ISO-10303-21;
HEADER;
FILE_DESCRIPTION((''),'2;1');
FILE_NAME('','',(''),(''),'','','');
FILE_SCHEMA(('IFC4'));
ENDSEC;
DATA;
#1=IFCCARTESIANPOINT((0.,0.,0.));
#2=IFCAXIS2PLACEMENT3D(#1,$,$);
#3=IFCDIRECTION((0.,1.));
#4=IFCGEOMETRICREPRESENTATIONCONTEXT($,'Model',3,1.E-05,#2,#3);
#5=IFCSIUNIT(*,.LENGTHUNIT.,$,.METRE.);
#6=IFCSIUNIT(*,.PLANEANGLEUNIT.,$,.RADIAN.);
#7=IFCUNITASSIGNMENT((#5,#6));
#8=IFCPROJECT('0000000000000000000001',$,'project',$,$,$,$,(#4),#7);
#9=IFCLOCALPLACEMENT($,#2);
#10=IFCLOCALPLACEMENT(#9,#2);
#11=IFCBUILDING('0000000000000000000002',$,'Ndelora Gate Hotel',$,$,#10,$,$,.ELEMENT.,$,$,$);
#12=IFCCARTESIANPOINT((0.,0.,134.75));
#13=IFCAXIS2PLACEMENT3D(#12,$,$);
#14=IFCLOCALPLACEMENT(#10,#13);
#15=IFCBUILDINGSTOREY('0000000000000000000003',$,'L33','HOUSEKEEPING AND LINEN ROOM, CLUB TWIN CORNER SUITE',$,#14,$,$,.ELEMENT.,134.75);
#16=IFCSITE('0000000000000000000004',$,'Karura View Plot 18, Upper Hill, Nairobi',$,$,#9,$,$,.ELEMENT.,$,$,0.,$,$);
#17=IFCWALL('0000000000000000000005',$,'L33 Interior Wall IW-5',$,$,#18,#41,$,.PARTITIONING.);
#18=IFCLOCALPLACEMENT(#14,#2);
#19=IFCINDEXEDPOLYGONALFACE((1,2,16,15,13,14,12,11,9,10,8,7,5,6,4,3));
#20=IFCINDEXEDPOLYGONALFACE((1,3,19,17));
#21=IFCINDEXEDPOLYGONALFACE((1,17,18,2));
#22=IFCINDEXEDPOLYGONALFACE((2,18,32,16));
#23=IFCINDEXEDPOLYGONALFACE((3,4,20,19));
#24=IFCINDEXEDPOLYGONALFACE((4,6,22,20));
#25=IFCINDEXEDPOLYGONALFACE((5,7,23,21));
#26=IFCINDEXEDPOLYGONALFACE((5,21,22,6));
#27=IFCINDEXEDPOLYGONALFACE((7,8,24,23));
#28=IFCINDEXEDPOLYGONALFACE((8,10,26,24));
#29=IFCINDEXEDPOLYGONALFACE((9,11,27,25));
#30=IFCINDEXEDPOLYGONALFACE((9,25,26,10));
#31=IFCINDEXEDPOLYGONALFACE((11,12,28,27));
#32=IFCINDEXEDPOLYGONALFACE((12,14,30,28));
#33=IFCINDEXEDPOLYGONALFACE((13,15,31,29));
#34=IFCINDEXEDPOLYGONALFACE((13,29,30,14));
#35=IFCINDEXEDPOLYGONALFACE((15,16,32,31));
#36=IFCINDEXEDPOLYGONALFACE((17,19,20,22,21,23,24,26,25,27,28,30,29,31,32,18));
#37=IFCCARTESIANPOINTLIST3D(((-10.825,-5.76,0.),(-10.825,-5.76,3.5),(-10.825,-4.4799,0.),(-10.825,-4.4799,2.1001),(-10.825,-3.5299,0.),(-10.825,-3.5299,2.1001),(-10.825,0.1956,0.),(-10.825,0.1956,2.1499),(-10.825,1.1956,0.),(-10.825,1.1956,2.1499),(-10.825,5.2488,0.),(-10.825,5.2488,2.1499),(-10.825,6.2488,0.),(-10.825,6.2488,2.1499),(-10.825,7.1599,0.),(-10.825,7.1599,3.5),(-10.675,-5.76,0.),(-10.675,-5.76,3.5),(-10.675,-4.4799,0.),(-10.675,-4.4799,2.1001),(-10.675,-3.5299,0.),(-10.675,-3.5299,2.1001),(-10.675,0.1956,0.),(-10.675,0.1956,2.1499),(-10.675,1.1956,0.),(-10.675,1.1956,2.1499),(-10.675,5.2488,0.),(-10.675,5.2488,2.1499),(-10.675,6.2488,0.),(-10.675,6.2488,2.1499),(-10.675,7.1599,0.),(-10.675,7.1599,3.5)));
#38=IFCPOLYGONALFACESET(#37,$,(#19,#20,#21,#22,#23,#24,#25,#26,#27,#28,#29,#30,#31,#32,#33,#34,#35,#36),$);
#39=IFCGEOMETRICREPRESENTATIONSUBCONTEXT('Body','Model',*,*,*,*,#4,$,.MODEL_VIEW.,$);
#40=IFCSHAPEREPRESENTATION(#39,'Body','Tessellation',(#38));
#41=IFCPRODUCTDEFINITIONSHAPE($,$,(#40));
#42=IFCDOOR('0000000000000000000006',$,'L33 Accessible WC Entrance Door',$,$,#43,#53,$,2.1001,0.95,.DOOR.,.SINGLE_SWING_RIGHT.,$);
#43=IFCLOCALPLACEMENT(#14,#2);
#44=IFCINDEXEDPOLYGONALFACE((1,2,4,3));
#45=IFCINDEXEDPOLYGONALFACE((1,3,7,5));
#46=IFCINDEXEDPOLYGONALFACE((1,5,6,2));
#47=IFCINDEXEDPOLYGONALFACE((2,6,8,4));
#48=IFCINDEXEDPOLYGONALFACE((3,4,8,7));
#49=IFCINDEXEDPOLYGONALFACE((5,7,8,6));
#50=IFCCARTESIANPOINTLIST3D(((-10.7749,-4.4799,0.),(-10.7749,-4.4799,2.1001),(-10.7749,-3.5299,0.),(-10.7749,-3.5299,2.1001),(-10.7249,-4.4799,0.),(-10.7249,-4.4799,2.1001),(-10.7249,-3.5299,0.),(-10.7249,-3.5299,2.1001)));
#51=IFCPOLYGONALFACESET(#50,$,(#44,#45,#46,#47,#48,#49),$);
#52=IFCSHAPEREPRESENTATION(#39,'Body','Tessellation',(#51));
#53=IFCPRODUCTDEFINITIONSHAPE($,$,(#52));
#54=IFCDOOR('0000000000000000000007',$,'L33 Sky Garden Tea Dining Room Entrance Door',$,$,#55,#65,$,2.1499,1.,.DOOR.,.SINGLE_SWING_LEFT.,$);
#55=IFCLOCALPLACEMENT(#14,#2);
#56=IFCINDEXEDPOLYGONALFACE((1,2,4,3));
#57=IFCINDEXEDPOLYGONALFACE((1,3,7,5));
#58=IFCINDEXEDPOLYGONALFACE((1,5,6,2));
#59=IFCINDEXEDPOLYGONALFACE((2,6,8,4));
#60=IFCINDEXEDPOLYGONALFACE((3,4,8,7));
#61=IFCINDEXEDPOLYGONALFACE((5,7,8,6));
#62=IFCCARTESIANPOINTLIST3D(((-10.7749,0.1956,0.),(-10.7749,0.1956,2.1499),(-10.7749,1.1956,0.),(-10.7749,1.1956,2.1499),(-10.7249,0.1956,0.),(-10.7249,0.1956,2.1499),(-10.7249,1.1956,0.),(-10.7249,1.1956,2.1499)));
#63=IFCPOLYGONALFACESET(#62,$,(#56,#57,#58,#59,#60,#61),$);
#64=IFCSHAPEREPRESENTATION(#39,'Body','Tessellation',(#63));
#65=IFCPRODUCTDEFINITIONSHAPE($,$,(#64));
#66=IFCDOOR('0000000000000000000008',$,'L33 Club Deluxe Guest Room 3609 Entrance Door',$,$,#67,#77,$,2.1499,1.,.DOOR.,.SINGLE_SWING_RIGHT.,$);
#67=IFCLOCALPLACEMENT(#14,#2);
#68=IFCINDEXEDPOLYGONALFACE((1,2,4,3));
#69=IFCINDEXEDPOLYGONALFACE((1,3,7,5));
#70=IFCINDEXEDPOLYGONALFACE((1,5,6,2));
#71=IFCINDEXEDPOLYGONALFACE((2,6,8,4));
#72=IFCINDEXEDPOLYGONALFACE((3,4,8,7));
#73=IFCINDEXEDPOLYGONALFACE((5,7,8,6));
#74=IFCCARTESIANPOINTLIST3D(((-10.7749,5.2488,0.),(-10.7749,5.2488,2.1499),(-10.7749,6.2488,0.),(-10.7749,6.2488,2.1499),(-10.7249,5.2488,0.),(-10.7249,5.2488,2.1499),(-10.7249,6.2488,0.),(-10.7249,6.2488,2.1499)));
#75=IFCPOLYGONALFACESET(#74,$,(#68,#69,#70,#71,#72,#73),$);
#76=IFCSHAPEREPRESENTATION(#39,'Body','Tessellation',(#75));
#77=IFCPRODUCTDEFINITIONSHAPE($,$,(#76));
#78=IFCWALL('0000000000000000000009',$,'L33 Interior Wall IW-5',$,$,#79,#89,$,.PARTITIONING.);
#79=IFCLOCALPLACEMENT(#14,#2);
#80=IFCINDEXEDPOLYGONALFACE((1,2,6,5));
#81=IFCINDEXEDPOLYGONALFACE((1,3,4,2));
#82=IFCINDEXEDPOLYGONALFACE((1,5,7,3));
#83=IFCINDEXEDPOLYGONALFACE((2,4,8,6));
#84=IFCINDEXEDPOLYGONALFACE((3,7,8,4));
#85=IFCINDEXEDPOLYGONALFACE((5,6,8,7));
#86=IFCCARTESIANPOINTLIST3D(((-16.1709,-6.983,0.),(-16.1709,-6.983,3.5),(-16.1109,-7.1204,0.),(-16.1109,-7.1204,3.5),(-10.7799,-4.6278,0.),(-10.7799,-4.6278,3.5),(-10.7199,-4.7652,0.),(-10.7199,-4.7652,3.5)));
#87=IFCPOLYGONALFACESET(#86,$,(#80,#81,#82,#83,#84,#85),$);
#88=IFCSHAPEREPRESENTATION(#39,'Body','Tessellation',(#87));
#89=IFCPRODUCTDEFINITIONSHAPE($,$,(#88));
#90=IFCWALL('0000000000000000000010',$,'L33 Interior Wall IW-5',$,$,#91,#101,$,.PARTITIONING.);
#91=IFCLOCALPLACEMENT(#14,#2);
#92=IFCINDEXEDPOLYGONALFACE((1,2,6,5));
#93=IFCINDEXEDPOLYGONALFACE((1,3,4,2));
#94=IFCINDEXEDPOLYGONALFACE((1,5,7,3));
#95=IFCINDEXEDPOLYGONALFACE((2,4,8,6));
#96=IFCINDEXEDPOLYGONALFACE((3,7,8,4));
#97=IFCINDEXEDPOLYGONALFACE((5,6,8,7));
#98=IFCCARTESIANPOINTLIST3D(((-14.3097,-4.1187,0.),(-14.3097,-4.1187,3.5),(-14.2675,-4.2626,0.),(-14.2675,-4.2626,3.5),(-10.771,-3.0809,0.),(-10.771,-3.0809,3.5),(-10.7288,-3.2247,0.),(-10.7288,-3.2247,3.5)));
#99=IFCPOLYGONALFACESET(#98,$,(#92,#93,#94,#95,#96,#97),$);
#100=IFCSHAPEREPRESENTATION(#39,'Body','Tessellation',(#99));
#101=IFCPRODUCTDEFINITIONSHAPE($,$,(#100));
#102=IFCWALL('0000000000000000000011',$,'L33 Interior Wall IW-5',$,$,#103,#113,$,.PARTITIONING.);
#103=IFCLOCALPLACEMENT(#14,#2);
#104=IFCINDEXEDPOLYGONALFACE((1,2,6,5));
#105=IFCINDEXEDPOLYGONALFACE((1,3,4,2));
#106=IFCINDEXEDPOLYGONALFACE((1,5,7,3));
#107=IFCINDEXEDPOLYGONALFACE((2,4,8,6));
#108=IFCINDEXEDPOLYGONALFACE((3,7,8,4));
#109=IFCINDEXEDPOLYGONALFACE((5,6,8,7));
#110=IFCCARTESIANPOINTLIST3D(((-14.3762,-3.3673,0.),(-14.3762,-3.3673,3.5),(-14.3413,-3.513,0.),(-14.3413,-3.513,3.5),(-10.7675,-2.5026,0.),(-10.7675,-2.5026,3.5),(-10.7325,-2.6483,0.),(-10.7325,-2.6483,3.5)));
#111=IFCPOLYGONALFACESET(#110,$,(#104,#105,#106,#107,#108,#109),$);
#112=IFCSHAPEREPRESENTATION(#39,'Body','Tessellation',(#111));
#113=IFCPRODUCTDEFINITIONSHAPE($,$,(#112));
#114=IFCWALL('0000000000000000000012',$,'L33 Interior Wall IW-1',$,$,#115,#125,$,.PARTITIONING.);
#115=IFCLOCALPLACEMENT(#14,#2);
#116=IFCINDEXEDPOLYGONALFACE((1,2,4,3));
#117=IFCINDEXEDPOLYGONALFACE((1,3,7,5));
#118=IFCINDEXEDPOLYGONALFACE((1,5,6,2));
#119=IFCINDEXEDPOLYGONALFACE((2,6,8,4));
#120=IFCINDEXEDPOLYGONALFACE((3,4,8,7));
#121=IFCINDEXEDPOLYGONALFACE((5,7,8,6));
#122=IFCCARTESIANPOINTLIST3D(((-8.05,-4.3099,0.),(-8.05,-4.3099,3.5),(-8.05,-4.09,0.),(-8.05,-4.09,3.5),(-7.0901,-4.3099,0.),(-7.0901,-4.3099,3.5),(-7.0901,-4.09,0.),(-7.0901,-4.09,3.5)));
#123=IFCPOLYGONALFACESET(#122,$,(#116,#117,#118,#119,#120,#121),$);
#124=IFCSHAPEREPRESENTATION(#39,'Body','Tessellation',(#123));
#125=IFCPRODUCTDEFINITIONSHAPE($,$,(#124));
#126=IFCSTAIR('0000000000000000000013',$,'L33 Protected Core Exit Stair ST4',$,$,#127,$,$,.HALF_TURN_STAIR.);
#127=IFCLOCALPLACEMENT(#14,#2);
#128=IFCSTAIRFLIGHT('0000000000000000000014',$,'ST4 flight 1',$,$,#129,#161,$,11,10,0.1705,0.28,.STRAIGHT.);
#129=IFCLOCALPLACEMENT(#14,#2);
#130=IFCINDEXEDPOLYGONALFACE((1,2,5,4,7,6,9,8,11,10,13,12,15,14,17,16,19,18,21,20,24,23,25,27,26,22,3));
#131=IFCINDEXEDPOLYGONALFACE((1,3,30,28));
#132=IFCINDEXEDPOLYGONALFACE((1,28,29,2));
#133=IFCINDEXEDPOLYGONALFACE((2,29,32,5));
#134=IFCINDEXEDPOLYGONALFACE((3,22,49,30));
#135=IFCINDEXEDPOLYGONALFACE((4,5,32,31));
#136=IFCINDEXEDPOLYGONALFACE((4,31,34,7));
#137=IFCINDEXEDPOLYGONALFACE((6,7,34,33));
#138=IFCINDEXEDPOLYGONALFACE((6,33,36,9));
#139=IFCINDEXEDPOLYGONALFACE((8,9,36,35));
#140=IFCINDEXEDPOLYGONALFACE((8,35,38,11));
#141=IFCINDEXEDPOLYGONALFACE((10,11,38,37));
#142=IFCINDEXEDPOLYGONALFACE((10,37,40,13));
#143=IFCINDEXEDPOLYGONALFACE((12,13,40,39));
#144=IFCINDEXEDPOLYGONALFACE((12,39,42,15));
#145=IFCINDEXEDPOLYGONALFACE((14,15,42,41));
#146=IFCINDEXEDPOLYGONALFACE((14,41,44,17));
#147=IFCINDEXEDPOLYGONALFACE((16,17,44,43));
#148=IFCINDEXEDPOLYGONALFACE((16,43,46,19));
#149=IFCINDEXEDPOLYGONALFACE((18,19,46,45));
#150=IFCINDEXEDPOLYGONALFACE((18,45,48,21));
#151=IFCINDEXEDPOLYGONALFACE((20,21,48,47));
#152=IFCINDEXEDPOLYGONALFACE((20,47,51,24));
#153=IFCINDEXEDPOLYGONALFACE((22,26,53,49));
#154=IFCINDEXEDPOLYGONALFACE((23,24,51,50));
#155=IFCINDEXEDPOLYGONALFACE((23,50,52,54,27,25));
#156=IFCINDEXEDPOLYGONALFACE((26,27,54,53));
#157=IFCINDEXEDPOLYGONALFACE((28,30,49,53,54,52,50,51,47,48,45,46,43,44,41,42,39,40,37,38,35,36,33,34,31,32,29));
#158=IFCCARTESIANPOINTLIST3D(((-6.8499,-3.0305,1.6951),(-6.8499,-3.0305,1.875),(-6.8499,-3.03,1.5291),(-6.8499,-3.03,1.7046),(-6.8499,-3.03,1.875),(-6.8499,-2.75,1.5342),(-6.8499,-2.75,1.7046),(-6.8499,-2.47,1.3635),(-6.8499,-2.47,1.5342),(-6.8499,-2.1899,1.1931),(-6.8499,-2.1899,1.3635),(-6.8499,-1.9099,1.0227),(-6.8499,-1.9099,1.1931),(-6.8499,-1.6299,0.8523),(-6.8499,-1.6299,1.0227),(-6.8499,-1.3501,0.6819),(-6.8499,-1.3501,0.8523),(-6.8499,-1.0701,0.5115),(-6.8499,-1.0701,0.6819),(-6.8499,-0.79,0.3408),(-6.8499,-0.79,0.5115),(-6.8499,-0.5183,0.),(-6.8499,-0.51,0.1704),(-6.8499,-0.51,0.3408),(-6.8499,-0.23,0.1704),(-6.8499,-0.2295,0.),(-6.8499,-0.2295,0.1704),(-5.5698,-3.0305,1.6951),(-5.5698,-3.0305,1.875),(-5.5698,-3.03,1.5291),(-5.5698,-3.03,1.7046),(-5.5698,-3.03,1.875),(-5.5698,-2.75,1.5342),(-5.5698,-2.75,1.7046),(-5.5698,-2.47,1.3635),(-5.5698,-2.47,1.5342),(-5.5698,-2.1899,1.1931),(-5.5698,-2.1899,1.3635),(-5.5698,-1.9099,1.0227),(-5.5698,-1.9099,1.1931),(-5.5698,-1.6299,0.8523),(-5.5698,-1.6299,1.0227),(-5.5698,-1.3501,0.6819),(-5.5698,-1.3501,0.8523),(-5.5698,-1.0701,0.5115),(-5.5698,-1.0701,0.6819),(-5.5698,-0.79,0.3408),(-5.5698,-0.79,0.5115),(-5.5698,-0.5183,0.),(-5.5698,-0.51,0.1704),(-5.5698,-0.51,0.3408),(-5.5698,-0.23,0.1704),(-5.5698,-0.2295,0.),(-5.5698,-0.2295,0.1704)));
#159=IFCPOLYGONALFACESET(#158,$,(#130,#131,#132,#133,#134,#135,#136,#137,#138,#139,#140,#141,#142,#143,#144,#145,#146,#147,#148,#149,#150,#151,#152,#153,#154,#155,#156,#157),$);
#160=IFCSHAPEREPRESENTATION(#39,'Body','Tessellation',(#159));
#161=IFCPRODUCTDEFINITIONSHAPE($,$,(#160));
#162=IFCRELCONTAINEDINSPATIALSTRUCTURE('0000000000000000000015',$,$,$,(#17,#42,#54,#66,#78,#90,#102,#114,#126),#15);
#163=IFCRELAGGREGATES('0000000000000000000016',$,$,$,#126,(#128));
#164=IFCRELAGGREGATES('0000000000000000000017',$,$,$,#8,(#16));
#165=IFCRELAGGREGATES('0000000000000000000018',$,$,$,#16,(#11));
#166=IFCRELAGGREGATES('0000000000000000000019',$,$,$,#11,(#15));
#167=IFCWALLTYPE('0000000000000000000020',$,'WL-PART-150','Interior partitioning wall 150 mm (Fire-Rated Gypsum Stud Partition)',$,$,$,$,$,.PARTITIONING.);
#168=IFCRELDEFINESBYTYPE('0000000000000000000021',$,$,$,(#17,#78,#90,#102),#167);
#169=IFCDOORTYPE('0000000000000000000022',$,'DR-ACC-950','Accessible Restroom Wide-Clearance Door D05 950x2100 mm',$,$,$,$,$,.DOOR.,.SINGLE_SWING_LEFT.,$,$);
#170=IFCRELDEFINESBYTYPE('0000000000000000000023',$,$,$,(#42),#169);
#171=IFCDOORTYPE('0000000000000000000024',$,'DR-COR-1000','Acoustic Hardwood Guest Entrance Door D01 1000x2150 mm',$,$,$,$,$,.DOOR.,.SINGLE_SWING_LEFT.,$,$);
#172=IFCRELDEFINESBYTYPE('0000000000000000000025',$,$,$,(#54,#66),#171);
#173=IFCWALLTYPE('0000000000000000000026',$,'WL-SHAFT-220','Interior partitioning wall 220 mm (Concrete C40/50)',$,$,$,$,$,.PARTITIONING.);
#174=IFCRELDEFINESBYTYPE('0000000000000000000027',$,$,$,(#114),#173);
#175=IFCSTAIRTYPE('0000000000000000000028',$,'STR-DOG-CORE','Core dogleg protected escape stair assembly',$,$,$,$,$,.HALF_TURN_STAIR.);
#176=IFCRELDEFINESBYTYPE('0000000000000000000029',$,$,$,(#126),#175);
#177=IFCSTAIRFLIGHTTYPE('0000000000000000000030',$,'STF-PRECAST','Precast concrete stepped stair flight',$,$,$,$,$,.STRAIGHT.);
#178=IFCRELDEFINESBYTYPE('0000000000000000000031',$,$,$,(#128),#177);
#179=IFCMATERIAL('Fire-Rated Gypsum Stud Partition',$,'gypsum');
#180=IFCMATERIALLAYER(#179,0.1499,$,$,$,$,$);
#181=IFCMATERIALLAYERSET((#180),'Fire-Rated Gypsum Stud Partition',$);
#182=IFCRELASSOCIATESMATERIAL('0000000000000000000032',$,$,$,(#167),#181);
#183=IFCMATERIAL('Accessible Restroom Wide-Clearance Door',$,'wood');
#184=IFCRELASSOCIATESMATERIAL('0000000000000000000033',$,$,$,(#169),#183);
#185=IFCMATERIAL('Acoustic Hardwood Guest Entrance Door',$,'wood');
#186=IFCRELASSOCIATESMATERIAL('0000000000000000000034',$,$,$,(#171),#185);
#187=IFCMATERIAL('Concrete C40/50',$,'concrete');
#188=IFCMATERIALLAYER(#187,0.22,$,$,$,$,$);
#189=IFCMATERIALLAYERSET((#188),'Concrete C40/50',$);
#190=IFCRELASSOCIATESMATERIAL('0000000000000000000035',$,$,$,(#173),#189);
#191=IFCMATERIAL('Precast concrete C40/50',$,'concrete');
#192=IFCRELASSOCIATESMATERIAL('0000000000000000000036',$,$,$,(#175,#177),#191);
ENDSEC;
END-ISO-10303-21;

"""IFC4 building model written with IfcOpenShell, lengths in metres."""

from ifc_helpers import new_model, si_unit, direction, frame, frame_2d, origin, place, context, subcontext, project, spatial, polyline, rectangle, outline, extrude, material, layer, layer_set, type_object, element, fill, aggregate, save


model = new_model("IFC4")

# Units and contexts
model_context = context("Model", 3, precision=1e-05, world=origin(), true_north=direction((0.0, 1.0)))
body_context = subcontext(model_context, "Body", "Model", "MODEL_VIEW")
ifc_project = project(units=[si_unit("LENGTHUNIT", "METRE"), si_unit("PLANEANGLEUNIT", "RADIAN")], contexts=[model_context])

# Site, building, storey
site_placement = place(None, origin())
site = spatial("IfcSite", under=ifc_project, at=site_placement, Name="Karura View Plot 18, Upper Hill, Nairobi", CompositionType="ELEMENT", RefElevation=0.0)
building_placement = place(site_placement, origin())
building = spatial("IfcBuilding", under=site, at=building_placement, Name="Ndelora Gate Hotel", CompositionType="ELEMENT")
storey_placement = place(building_placement, frame((0.0, 0.0, 134.75)))
storey = spatial("IfcBuildingStorey", under=building, at=storey_placement, Name="L33", Description="HOUSEKEEPING AND LINEN ROOM, CLUB TWIN CORNER SUITE", CompositionType="ELEMENT", Elevation=134.75)

# Shared definitions
ifc_material_1 = material(Name="Fire-Rated Gypsum Stud Partition", Category="gypsum")
ifc_layer_1 = layer(ifc_material_1, 0.1499)
ifc_layer_set_1 = layer_set([ifc_layer_1], Name="Fire-Rated Gypsum Stud Partition")
wall_type_1 = type_object("IfcWallType", Name="WL-PART-150", Description="Interior partitioning wall 150 mm (Fire-Rated Gypsum Stud Partition)", PredefinedType="PARTITIONING", material=ifc_layer_set_1)

# Wall, openings, doors
wall_1_placement = place(storey_placement, frame((-10.75, -5.76, 0.0), z_axis=(0.0, 0.0, 1.0), x_axis=(0.0, 1.0, 0.0)))
wall_1 = element("IfcWall", 1, at=wall_1_placement, inside=storey, type_object=wall_type_1, Name="L33 Interior Wall IW-5", PredefinedType="PARTITIONING", context=body_context, shape_type="SweptSolid", body=[
    extrude(rectangle(XDim=12.9199, YDim=0.1499, at=frame_2d((6.46, 0.0))), origin(), (0.0, 0.0, 1.0), 3.5),
])
opening_1_placement = place(wall_1_placement, frame((1.28, 0.0, 0.0)))
opening_1 = element("IfcOpeningElement", 2, at=opening_1_placement, cuts=wall_1, PredefinedType="OPENING", context=body_context, shape_type="SweptSolid", body=[
    extrude(rectangle(XDim=0.95, YDim=2.1001, at=frame_2d((0.4751, 1.05))), frame((0.0, 0.085, 0.0), z_axis=(0.0, -1.0, 0.0), x_axis=(1.0, 0.0, 0.0)), (0.0, 0.0, 1.0), 0.1699),
])
opening_2_placement = place(wall_1_placement, frame((5.9556, 0.0, 0.0)))
opening_2 = element("IfcOpeningElement", 3, at=opening_2_placement, cuts=wall_1, PredefinedType="OPENING", context=body_context, shape_type="SweptSolid", body=[
    extrude(rectangle(XDim=1.0, YDim=2.1499, at=frame_2d((0.5, 1.075))), frame((0.0, 0.085, 0.0), z_axis=(0.0, -1.0, 0.0), x_axis=(1.0, 0.0, 0.0)), (0.0, 0.0, 1.0), 0.1699),
])
opening_3_placement = place(wall_1_placement, frame((11.0088, 0.0, 0.0)))
opening_3 = element("IfcOpeningElement", 4, at=opening_3_placement, cuts=wall_1, PredefinedType="OPENING", context=body_context, shape_type="SweptSolid", body=[
    extrude(rectangle(XDim=1.0, YDim=2.1499, at=frame_2d((0.5, 1.075))), frame((0.0, 0.085, 0.0), z_axis=(0.0, -1.0, 0.0), x_axis=(1.0, 0.0, 0.0)), (0.0, 0.0, 1.0), 0.1699),
])
ifc_material_2 = material(Name="Accessible Restroom Wide-Clearance Door", Category="wood")
door_type_1 = type_object("IfcDoorType", Name="DR-ACC-950", Description="Accessible Restroom Wide-Clearance Door D05 950x2100 mm", OperationType="SINGLE_SWING_LEFT", PredefinedType="DOOR", material=ifc_material_2)
door_1_placement = place(opening_1_placement, origin())
door_1 = element("IfcDoor", 5, at=door_1_placement, inside=storey, type_object=door_type_1, Name="L33 Accessible WC Entrance Door", OperationType="SINGLE_SWING_RIGHT", OverallHeight=2.1001, OverallWidth=0.95, PredefinedType="DOOR", context=body_context, shape_type="SweptSolid", body=[
    extrude(rectangle(XDim=0.95, YDim=2.1001, at=frame_2d((0.4751, 1.05))), frame((0.0, 0.0249, 0.0), z_axis=(0.0, -1.0, 0.0), x_axis=(1.0, 0.0, 0.0)), (0.0, 0.0, 1.0), 0.05),
])
fill(opening_1, door_1)
ifc_material_3 = material(Name="Acoustic Hardwood Guest Entrance Door", Category="wood")
door_type_2 = type_object("IfcDoorType", Name="DR-COR-1000", Description="Acoustic Hardwood Guest Entrance Door D01 1000x2150 mm", OperationType="SINGLE_SWING_LEFT", PredefinedType="DOOR", material=ifc_material_3)
door_2_placement = place(opening_2_placement, origin())
door_2 = element("IfcDoor", 6, at=door_2_placement, inside=storey, type_object=door_type_2, Name="L33 Sky Garden Tea Dining Room Entrance Door", OperationType="SINGLE_SWING_LEFT", OverallHeight=2.1499, OverallWidth=1.0, PredefinedType="DOOR", context=body_context, shape_type="SweptSolid", body=[
    extrude(rectangle(XDim=1.0, YDim=2.1499, at=frame_2d((0.5, 1.075))), frame((0.0, 0.0249, 0.0), z_axis=(0.0, -1.0, 0.0), x_axis=(1.0, 0.0, 0.0)), (0.0, 0.0, 1.0), 0.05),
])
fill(opening_2, door_2)
door_3_placement = place(opening_3_placement, origin())
door_3 = element("IfcDoor", 7, at=door_3_placement, inside=storey, type_object=door_type_2, Name="L33 Club Deluxe Guest Room 3609 Entrance Door", OperationType="SINGLE_SWING_RIGHT", OverallHeight=2.1499, OverallWidth=1.0, PredefinedType="DOOR", context=body_context, shape_type="SweptSolid", body=[
    extrude(rectangle(XDim=1.0, YDim=2.1499, at=frame_2d((0.5, 1.075))), frame((0.0, 0.0249, 0.0), z_axis=(0.0, -1.0, 0.0), x_axis=(1.0, 0.0, 0.0)), (0.0, 0.0, 1.0), 0.05),
])
fill(opening_3, door_3)

# Walls
wall_2_placement = place(storey_placement, frame((-10.75, -4.6965, 0.0), z_axis=(0.0, 0.0, 1.0), x_axis=(-0.916369, -0.400335, 0.0)))
element("IfcWall", 8, at=wall_2_placement, inside=storey, type_object=wall_type_1, Name="L33 Interior Wall IW-5", PredefinedType="PARTITIONING", context=body_context, shape_type="SweptSolid", body=[
    extrude(rectangle(XDim=5.8831, YDim=0.1499, at=frame_2d((2.9414, 0.0))), origin(), (0.0, 0.0, 1.0), 3.5),
])
wall_3_placement = place(storey_placement, frame((-10.75, -3.1528, 0.0), z_axis=(0.0, 0.0, 1.0), x_axis=(-0.959579, -0.281439, 0.0)))
element("IfcWall", 9, at=wall_3_placement, inside=storey, type_object=wall_type_1, Name="L33 Interior Wall IW-5", PredefinedType="PARTITIONING", context=body_context, shape_type="SweptSolid", body=[
    extrude(rectangle(XDim=3.6877, YDim=0.1499, at=frame_2d((1.8438, 0.0))), origin(), (0.0, 0.0, 1.0), 3.5),
])
wall_4_placement = place(storey_placement, frame((-10.75, -2.5754, 0.0), z_axis=(0.0, 0.0, 1.0), x_axis=(-0.972472, -0.23302, 0.0)))
element("IfcWall", 10, at=wall_4_placement, inside=storey, type_object=wall_type_1, Name="L33 Interior Wall IW-5", PredefinedType="PARTITIONING", context=body_context, shape_type="SweptSolid", body=[
    extrude(rectangle(XDim=3.7109, YDim=0.1499, at=frame_2d((1.8555, 0.0))), origin(), (0.0, 0.0, 1.0), 3.5),
])
ifc_material_4 = material(Name="Concrete C40/50", Category="concrete")
ifc_layer_2 = layer(ifc_material_4, 0.22)
ifc_layer_set_2 = layer_set([ifc_layer_2], Name="Concrete C40/50")
wall_type_2 = type_object("IfcWallType", Name="WL-SHAFT-220", Description="Interior partitioning wall 220 mm (Concrete C40/50)", PredefinedType="PARTITIONING", material=ifc_layer_set_2)
wall_5_placement = place(storey_placement, frame((-8.05, -4.2, 0.0), z_axis=(0.0, 0.0, 1.0), x_axis=(1.0, 0.0, 0.0)))
element("IfcWall", 11, at=wall_5_placement, inside=storey, type_object=wall_type_2, Name="L33 Interior Wall IW-1", PredefinedType="PARTITIONING", context=body_context, shape_type="SweptSolid", body=[
    extrude(rectangle(XDim=0.96, YDim=0.22, at=frame_2d((0.48, 0.0))), origin(), (0.0, 0.0, 1.0), 3.5),
])

# Stair, stair flight
ifc_material_5 = material(Name="Precast concrete C40/50", Category="concrete")
stair_type = type_object("IfcStairType", Name="STR-DOG-CORE", Description="Core dogleg protected escape stair assembly", PredefinedType="HALF_TURN_STAIR", material=ifc_material_5)
stair_placement = place(storey_placement, origin())
stair = element("IfcStair", 12, at=stair_placement, inside=storey, type_object=stair_type, Name="L33 Protected Core Exit Stair ST4", PredefinedType="HALF_TURN_STAIR")
stair_flight_type = type_object("IfcStairFlightType", Name="STF-PRECAST", Description="Precast concrete stepped stair flight", PredefinedType="STRAIGHT", material=ifc_material_5)
stair_flight_1_placement = place(storey_placement, frame((-6.21, -0.23, 0.0), z_axis=(0.0, 0.0, 1.0), x_axis=(0.0, -1.0, 0.0)))
stair_flight_1 = element("IfcStairFlight", 13, at=stair_flight_1_placement, type_object=stair_flight_type, Name="ST4 flight 1", NumberOfRisers=11, NumberOfTreads=10, PredefinedType="STRAIGHT", RiserHeight=0.1705, TreadLength=0.28, context=body_context, shape_type="SweptSolid", body=[
    extrude(outline(polyline([(-0.0005, 0.0), (-0.0005, 0.1704), (0.0, 0.1704), (0.28, 0.1704), (0.28, 0.3408), (0.5601, 0.3408), (0.5601, 0.5115), (0.8401, 0.5115), (0.8401, 0.6819), (1.1201, 0.6819), (1.1201, 0.8523), (1.3999, 0.8523), (1.3999, 1.0227), (1.6799, 1.0227), (1.6799, 1.1931), (1.96, 1.1931), (1.96, 1.3635), (2.24, 1.3635), (2.24, 1.5342), (2.52, 1.5342), (2.52, 1.7046), (2.8, 1.7046), (2.8, 1.875), (2.8005, 1.875), (2.8005, 1.6951), (2.8, 1.5291), (0.2883, 0.0), (-0.0005, 0.0)])), frame((0.0, 0.6401, 0.0), z_axis=(0.0, -1.0, 0.0), x_axis=(1.0, 0.0, 0.0)), (0.0, 0.0, 1.0), 1.28),
])
aggregate(stair, [stair_flight_1])

save(model, "model.ifc")
